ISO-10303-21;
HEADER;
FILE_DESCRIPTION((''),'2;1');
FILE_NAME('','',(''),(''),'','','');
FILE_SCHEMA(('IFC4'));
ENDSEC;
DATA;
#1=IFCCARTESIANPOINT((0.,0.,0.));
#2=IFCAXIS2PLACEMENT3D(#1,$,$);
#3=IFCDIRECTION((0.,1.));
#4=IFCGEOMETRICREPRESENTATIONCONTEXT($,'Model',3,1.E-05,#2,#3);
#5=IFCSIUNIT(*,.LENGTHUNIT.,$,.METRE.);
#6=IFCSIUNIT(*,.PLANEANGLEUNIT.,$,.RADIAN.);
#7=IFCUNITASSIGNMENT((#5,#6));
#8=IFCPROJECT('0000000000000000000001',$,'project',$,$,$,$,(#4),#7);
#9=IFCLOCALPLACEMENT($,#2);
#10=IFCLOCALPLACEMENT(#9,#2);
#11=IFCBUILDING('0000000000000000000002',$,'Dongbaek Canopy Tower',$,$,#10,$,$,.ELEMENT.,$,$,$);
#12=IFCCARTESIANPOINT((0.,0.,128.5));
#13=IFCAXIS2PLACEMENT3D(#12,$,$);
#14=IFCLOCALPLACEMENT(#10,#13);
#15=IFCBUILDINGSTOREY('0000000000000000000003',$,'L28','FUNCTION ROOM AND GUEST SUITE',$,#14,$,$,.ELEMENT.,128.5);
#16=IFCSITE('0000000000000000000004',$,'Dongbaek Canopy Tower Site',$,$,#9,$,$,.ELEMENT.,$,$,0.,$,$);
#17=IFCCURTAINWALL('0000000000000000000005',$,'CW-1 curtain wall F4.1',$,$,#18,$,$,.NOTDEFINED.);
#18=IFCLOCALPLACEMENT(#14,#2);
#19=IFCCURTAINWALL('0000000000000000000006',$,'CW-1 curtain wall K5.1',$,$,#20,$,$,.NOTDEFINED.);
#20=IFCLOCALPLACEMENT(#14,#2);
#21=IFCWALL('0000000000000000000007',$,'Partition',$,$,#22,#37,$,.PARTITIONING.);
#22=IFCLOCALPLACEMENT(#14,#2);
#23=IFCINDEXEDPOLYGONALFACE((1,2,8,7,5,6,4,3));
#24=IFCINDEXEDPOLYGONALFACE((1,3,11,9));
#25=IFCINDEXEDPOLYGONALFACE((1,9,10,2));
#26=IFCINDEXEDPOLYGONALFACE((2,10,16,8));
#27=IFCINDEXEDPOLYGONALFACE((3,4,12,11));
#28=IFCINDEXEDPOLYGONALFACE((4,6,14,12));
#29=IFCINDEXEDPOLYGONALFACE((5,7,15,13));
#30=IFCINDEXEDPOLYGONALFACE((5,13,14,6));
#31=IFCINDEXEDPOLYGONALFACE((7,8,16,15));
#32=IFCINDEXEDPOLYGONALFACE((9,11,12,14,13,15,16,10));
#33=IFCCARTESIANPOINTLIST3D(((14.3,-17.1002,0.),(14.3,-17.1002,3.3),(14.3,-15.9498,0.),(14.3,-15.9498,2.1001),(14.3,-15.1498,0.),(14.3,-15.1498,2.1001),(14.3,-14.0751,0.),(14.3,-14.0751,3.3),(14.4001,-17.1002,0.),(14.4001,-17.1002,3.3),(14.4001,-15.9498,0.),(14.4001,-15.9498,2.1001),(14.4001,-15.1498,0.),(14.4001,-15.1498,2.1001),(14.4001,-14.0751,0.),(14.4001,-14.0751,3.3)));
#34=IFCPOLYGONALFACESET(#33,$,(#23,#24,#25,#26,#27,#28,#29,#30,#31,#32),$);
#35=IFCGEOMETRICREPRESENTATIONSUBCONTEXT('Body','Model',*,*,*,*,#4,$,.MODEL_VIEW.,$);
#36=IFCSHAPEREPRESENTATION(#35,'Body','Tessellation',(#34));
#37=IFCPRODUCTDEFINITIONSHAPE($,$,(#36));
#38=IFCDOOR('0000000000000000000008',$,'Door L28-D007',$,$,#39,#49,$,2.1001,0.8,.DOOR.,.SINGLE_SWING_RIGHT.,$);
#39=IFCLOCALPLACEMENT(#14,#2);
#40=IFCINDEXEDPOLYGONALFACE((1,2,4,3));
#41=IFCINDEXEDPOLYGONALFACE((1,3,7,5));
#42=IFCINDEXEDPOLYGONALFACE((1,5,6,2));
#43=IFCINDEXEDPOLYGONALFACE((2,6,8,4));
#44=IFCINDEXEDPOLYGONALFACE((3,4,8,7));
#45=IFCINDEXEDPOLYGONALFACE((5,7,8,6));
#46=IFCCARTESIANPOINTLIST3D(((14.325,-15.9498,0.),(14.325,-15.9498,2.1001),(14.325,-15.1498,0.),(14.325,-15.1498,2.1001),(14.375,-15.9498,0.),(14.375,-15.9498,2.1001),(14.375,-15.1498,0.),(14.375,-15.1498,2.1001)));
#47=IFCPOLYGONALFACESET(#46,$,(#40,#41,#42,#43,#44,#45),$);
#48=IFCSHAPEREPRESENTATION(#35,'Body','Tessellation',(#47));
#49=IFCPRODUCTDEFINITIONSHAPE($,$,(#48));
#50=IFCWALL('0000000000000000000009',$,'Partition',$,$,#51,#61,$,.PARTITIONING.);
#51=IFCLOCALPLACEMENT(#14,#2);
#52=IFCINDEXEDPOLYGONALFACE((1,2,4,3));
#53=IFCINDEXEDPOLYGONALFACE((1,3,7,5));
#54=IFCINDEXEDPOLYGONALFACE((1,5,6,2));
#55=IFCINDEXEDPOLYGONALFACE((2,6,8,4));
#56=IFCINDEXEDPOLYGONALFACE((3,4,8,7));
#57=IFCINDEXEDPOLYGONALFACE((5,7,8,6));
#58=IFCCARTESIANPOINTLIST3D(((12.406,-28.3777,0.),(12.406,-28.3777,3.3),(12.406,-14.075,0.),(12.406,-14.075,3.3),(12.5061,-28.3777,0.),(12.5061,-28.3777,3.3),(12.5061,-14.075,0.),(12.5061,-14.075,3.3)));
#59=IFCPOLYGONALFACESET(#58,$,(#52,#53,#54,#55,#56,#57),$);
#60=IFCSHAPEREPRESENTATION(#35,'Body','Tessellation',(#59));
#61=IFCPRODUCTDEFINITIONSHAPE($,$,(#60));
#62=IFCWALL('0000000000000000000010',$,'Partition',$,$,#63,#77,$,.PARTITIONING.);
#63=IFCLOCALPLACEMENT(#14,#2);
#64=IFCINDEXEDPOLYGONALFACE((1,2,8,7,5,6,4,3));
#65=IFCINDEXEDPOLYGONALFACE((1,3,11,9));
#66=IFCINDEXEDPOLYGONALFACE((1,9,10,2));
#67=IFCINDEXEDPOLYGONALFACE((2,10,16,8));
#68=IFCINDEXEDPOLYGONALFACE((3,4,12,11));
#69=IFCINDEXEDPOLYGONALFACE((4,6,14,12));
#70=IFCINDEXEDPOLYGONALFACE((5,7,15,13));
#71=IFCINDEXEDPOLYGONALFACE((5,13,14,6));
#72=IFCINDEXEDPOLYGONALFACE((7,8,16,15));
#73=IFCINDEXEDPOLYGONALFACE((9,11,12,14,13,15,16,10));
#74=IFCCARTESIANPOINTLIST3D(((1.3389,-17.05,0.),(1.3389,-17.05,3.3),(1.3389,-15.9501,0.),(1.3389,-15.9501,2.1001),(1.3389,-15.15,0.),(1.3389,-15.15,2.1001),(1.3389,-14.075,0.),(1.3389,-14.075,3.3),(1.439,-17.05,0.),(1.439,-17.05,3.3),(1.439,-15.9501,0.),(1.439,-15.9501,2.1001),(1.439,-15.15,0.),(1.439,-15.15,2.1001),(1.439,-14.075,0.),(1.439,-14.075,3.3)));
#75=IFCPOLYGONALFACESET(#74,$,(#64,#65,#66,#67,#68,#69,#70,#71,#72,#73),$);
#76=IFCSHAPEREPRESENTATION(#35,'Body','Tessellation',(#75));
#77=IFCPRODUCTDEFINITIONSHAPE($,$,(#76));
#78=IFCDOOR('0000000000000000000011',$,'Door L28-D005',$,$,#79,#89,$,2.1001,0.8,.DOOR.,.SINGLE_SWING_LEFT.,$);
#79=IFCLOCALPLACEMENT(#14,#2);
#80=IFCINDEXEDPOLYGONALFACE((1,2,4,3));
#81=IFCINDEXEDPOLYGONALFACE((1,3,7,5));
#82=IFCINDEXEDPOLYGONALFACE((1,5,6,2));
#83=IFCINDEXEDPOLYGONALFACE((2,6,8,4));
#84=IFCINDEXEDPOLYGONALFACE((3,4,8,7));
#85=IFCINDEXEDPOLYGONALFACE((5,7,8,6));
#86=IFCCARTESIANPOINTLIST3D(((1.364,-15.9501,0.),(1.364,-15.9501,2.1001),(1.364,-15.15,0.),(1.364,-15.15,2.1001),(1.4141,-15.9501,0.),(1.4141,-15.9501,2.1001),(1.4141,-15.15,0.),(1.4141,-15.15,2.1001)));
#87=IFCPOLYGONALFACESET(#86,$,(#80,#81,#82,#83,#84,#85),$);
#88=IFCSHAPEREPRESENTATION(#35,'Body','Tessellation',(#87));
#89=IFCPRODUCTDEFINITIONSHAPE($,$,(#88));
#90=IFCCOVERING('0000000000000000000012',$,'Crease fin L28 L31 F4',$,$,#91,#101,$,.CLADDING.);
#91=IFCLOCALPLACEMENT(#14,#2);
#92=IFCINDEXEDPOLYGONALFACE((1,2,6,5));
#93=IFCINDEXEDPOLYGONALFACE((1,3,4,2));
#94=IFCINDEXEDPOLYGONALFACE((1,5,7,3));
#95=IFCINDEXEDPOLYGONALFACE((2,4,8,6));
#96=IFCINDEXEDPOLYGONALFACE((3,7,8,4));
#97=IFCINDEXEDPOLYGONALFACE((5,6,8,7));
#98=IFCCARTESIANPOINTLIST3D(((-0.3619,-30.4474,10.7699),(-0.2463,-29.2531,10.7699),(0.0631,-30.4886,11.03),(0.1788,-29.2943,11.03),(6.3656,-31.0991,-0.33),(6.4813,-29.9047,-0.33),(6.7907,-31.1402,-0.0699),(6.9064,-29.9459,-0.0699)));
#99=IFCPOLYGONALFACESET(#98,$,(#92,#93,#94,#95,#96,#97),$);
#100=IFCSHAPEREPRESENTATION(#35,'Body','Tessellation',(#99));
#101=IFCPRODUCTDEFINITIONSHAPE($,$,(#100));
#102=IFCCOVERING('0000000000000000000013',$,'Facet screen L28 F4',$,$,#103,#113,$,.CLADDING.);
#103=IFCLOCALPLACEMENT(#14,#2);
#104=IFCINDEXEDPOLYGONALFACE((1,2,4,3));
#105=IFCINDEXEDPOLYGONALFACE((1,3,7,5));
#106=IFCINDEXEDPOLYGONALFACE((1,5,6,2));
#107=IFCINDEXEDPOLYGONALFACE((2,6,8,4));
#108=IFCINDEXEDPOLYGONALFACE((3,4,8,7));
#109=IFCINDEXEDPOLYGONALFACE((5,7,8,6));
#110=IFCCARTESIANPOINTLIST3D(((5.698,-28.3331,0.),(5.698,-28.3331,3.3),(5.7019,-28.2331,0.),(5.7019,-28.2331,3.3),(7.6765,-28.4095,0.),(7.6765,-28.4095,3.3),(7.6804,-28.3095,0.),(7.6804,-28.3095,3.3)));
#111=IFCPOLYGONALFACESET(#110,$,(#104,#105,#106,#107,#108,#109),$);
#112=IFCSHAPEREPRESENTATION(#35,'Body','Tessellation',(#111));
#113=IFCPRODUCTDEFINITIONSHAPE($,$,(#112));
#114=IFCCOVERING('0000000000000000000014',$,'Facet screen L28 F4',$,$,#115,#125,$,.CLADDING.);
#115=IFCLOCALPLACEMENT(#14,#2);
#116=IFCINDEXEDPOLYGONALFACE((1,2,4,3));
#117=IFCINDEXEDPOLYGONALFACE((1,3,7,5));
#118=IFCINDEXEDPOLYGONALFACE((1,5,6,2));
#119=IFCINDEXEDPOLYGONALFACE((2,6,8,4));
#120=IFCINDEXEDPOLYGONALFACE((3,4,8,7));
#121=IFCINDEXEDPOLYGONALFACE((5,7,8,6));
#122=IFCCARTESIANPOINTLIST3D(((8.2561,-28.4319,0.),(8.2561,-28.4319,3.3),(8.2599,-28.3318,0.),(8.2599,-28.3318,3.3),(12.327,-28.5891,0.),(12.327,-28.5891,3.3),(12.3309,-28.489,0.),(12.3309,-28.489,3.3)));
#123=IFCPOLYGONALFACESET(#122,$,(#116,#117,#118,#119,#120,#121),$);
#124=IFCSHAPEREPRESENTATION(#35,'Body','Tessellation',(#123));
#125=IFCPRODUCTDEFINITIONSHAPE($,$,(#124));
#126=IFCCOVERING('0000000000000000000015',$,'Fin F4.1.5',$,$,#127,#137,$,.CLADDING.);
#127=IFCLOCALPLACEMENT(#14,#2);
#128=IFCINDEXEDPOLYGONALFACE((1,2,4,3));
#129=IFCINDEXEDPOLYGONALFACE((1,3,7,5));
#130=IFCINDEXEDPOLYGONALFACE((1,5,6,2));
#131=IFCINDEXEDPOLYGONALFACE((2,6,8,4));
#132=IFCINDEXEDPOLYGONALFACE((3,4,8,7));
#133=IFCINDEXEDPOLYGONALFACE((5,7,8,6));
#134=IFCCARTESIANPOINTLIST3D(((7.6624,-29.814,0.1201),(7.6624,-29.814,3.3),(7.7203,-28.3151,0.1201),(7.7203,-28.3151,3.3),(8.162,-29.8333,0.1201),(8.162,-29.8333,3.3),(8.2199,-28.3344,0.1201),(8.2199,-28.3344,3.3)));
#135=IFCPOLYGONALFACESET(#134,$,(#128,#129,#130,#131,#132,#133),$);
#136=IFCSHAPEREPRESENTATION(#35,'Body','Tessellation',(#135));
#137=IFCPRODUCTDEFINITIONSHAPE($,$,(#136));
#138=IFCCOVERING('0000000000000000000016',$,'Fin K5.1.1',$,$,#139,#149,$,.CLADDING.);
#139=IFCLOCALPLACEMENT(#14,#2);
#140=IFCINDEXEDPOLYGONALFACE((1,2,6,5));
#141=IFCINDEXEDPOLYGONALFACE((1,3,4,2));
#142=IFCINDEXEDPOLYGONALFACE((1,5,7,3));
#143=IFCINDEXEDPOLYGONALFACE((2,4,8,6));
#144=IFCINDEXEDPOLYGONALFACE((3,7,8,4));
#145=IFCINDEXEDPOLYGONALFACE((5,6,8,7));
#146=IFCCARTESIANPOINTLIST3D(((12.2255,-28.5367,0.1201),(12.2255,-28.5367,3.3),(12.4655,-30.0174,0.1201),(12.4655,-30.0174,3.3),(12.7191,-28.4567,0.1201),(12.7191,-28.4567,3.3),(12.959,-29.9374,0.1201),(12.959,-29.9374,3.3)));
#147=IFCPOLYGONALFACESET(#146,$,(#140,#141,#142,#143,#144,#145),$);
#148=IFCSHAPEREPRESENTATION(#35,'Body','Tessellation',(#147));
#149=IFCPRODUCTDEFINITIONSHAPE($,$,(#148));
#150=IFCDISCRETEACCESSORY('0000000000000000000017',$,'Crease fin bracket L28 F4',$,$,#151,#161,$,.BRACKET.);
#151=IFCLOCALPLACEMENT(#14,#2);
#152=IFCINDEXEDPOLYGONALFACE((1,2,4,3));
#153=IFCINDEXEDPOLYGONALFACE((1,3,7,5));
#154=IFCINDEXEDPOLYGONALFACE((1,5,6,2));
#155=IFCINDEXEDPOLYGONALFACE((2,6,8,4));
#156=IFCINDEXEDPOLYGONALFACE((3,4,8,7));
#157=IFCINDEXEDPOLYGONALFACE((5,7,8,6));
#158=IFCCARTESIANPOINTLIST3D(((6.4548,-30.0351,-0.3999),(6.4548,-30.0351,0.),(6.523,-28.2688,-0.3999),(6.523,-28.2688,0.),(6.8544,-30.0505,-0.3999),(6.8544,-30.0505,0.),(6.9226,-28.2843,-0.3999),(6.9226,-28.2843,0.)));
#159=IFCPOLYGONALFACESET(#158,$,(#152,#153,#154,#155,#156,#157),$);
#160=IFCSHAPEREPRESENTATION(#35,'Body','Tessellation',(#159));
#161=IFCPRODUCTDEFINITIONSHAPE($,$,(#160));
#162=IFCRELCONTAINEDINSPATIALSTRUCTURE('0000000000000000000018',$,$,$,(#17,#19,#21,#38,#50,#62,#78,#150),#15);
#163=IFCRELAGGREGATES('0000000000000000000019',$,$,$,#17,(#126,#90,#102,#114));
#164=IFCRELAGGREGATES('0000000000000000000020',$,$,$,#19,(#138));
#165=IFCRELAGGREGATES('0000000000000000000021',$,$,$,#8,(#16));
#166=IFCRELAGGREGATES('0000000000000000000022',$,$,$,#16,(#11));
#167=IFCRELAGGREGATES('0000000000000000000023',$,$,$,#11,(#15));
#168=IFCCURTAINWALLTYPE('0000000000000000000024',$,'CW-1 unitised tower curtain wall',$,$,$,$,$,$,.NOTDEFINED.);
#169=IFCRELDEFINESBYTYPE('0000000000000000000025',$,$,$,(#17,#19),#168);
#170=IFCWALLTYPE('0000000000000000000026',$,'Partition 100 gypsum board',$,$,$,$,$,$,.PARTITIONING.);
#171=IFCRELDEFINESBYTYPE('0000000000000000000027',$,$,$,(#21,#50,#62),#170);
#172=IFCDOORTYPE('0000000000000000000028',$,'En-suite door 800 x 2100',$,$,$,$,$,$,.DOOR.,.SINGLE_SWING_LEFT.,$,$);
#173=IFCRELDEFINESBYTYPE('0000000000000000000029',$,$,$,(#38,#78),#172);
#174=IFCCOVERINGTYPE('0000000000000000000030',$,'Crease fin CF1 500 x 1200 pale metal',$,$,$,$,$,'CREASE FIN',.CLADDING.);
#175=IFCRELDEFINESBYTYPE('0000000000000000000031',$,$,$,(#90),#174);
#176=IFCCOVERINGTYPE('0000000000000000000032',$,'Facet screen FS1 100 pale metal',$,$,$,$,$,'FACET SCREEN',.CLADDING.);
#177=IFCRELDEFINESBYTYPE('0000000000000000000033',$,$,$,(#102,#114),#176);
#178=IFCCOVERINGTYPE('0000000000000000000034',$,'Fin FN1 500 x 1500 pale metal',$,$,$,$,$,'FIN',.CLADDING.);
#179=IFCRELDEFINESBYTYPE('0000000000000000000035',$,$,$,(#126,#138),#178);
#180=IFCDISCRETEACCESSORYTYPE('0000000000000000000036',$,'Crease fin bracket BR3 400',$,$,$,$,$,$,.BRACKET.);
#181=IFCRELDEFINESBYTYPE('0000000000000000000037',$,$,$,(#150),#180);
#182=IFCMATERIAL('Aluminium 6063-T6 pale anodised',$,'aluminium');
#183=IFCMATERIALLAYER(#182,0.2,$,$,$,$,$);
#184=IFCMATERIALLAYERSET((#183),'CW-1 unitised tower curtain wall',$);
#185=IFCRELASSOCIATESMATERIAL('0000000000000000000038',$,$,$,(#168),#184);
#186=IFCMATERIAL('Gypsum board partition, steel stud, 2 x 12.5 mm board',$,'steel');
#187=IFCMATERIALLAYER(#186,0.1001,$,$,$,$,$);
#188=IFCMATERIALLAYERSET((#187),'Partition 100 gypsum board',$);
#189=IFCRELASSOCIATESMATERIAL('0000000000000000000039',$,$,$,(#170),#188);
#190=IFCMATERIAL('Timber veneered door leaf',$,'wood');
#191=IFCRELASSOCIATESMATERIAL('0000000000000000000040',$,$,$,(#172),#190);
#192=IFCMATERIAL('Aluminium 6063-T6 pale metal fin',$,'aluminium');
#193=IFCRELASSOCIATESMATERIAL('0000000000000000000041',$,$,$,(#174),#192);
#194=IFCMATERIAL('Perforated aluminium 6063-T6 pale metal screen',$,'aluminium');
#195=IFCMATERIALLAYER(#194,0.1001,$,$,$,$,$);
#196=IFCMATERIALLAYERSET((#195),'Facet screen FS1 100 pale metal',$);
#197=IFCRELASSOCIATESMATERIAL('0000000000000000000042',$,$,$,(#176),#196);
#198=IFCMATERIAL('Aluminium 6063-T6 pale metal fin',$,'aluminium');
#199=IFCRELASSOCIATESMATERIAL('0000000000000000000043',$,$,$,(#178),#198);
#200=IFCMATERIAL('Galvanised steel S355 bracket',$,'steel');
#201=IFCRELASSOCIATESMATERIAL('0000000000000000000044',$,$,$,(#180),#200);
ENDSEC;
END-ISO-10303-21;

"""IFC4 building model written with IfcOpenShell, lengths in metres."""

from ifc_helpers import new_model, si_unit, direction, frame, frame_2d, origin, origin_2d, place, context, subcontext, project, spatial, rectangle, extrude, material, layer, layer_set, material_profile, profile_set, type_object, element, fill, aggregate, save


model = new_model("IFC4")

# Units and contexts
model_context = context("Model", 3, precision=1e-05, world=origin(), true_north=direction((0.0, 1.0)))
body_context = subcontext(model_context, "Body", "Model", "MODEL_VIEW")
ifc_project = project(units=[si_unit("LENGTHUNIT", "METRE"), si_unit("PLANEANGLEUNIT", "RADIAN")], contexts=[model_context])

# Site, building, storey
site_placement = place(None, origin())
site = spatial("IfcSite", under=ifc_project, at=site_placement, Name="Dongbaek Canopy Tower Site", CompositionType="ELEMENT", RefElevation=0.0)
building_placement = place(site_placement, origin())
building = spatial("IfcBuilding", under=site, at=building_placement, Name="Dongbaek Canopy Tower", CompositionType="ELEMENT")
storey_placement = place(building_placement, frame((0.0, 0.0, 128.5)))
storey = spatial("IfcBuildingStorey", under=building, at=storey_placement, Name="L28", Description="FUNCTION ROOM AND GUEST SUITE", CompositionType="ELEMENT", Elevation=128.5)

# Curtain wall
ifc_material_1 = material(Name="Aluminium 6063-T6 pale anodised", Category="aluminium")
ifc_layer_1 = layer(ifc_material_1, 0.2)
ifc_layer_set_1 = layer_set([ifc_layer_1], Name="CW-1 unitised tower curtain wall")
curtain_wall_type = type_object("IfcCurtainWallType", Name="CW-1 unitised tower curtain wall", PredefinedType="NOTDEFINED", material=ifc_layer_set_1)
curtain_wall_1_placement = place(storey_placement, origin())
curtain_wall_1 = element("IfcCurtainWall", 1, at=curtain_wall_1_placement, inside=storey, type_object=curtain_wall_type, Name="CW-1 curtain wall F4.1", PredefinedType="NOTDEFINED")

# Curtain wall
curtain_wall_2_placement = place(storey_placement, origin())
curtain_wall_2 = element("IfcCurtainWall", 2, at=curtain_wall_2_placement, inside=storey, type_object=curtain_wall_type, Name="CW-1 curtain wall K5.1", PredefinedType="NOTDEFINED")

# Shared definitions
ifc_material_2 = material(Name="Gypsum board partition, steel stud, 2 x 12.5 mm board", Category="steel")
ifc_layer_2 = layer(ifc_material_2, 0.1001)
ifc_layer_set_2 = layer_set([ifc_layer_2], Name="Partition 100 gypsum board")
wall_type = type_object("IfcWallType", Name="Partition 100 gypsum board", PredefinedType="PARTITIONING", material=ifc_layer_set_2)

# Wall, opening, door
wall_1_placement = place(storey_placement, frame((14.3501, -14.075, 0.0), z_axis=(0.0, 0.0, 1.0), x_axis=(0.0, -1.0, 0.0)))
wall_1 = element("IfcWall", 3, at=wall_1_placement, inside=storey, type_object=wall_type, Name="Partition", PredefinedType="PARTITIONING", context=body_context, shape_type="SweptSolid", body=[
    extrude(rectangle(XDim=3.0251, YDim=0.1001, at=frame_2d((1.5127, 0.0))), origin(), (0.0, 0.0, 1.0), 3.3),
])
opening_1_placement = place(wall_1_placement, frame((1.075, 0.0, 0.0)))
opening_1 = element("IfcOpeningElement", 4, at=opening_1_placement, cuts=wall_1, PredefinedType="OPENING", context=body_context, shape_type="SweptSolid", body=[
    extrude(rectangle(XDim=0.8, YDim=2.1001, at=frame_2d((0.3999, 1.05))), frame((0.0, 0.0601, 0.0), z_axis=(0.0, -1.0, 0.0), x_axis=(1.0, 0.0, 0.0)), (0.0, 0.0, 1.0), 0.1201),
])
ifc_material_3 = material(Name="Timber veneered door leaf", Category="wood")
door_type = type_object("IfcDoorType", Name="En-suite door 800 x 2100", OperationType="SINGLE_SWING_LEFT", PredefinedType="DOOR", material=ifc_material_3)
door_1_placement = place(opening_1_placement, origin())
door_1 = element("IfcDoor", 5, at=door_1_placement, inside=storey, type_object=door_type, Name="Door L28-D007", OperationType="SINGLE_SWING_RIGHT", OverallHeight=2.1001, OverallWidth=0.8, PredefinedType="DOOR", context=body_context, shape_type="SweptSolid", body=[
    extrude(rectangle(XDim=0.8, YDim=2.1001, at=frame_2d((0.3999, 1.05))), frame((0.0, 0.0249, 0.0), z_axis=(0.0, -1.0, 0.0), x_axis=(1.0, 0.0, 0.0)), (0.0, 0.0, 1.0), 0.05),
])
fill(opening_1, door_1)

# Wall
wall_2_placement = place(storey_placement, frame((12.4561, -28.3777, 0.0), z_axis=(0.0, 0.0, 1.0), x_axis=(0.0, 1.0, 0.0)))
element("IfcWall", 6, at=wall_2_placement, inside=storey, type_object=wall_type, Name="Partition", PredefinedType="PARTITIONING", context=body_context, shape_type="SweptSolid", body=[
    extrude(rectangle(XDim=14.3027, YDim=0.1001, at=frame_2d((7.1514, 0.0))), origin(), (0.0, 0.0, 1.0), 3.3),
])

# Wall, opening, door
wall_3_placement = place(storey_placement, frame((1.3889, -17.05, 0.0), z_axis=(0.0, 0.0, 1.0), x_axis=(0.0, 1.0, 0.0)))
wall_3 = element("IfcWall", 7, at=wall_3_placement, inside=storey, type_object=wall_type, Name="Partition", PredefinedType="PARTITIONING", context=body_context, shape_type="SweptSolid", body=[
    extrude(rectangle(XDim=2.9751, YDim=0.1001, at=frame_2d((1.4875, 0.0))), origin(), (0.0, 0.0, 1.0), 3.3),
])
opening_2_placement = place(wall_3_placement, frame((1.1001, 0.0, 0.0)))
opening_2 = element("IfcOpeningElement", 8, at=opening_2_placement, cuts=wall_3, PredefinedType="OPENING", context=body_context, shape_type="SweptSolid", body=[
    extrude(rectangle(XDim=0.8, YDim=2.1001, at=frame_2d((0.3999, 1.05))), frame((0.0, 0.0601, 0.0), z_axis=(0.0, -1.0, 0.0), x_axis=(1.0, 0.0, 0.0)), (0.0, 0.0, 1.0), 0.1201),
])
door_2_placement = place(opening_2_placement, origin())
door_2 = element("IfcDoor", 9, at=door_2_placement, inside=storey, type_object=door_type, Name="Door L28-D005", OperationType="SINGLE_SWING_LEFT", OverallHeight=2.1001, OverallWidth=0.8, PredefinedType="DOOR", context=body_context, shape_type="SweptSolid", body=[
    extrude(rectangle(XDim=0.8, YDim=2.1001, at=frame_2d((0.3999, 1.05))), frame((0.0, 0.0249, 0.0), z_axis=(0.0, -1.0, 0.0), x_axis=(1.0, 0.0, 0.0)), (0.0, 0.0, 1.0), 0.05),
])
fill(opening_2, door_2)

# Coverings
ifc_material_4 = material(Name="Aluminium 6063-T6 pale metal fin", Category="aluminium")
ifc_material_profile_1 = material_profile(ifc_material_4, rectangle(XDim=1.2, YDim=0.5, at=origin_2d()), Name="Crease fin CF1 500 x 1200 pale metal")
ifc_profile_set_1 = profile_set([ifc_material_profile_1], Name="Aluminium 6063-T6 pale metal fin")
covering_type_1 = type_object("IfcCoveringType", Name="Crease fin CF1 500 x 1200 pale metal", ElementType="CREASE FIN", PredefinedType="CLADDING", material=ifc_profile_set_1)
covering_1_placement = place(storey_placement, frame((6.636, -30.5225, -0.2), z_axis=(-0.51767, 0.05014, 0.85411), x_axis=(-0.096406, -0.995342, 0.0)))
covering_1 = element("IfcCovering", 10, at=covering_1_placement, type_object=covering_type_1, Name="Crease fin L28 L31 F4", PredefinedType="CLADDING", context=body_context, shape_type="SweptSolid", body=[
    extrude(rectangle(XDim=1.2, YDim=0.5, at=origin_2d()), origin(), (0.0, 0.0, 1.0), 12.9958),
])
ifc_material_5 = material(Name="Perforated aluminium 6063-T6 pale metal screen", Category="aluminium")
ifc_layer_3 = layer(ifc_material_5, 0.1001)
ifc_layer_set_3 = layer_set([ifc_layer_3], Name="Facet screen FS1 100 pale metal")
covering_type_2 = type_object("IfcCoveringType", Name="Facet screen FS1 100 pale metal", ElementType="FACET SCREEN", PredefinedType="CLADDING", material=ifc_layer_set_3)
covering_2_placement = place(storey_placement, frame((6.6892, -28.3213, 0.0), z_axis=(0.0, 0.0, 1.0), x_axis=(0.999255, -0.038587, 0.0)))
covering_2 = element("IfcCovering", 11, at=covering_2_placement, type_object=covering_type_2, Name="Facet screen L28 F4", PredefinedType="CLADDING", context=body_context, shape_type="SweptSolid", body=[
    extrude(rectangle(XDim=1.98, YDim=0.1001, at=origin_2d()), origin(), (0.0, 0.0, 1.0), 3.3),
])
covering_3_placement = place(storey_placement, frame((10.2935, -28.4604, 0.0), z_axis=(0.0, 0.0, 1.0), x_axis=(0.999255, -0.038587, 0.0)))
covering_3 = element("IfcCovering", 12, at=covering_3_placement, type_object=covering_type_2, Name="Facet screen L28 F4", PredefinedType="CLADDING", context=body_context, shape_type="SweptSolid", body=[
    extrude(rectangle(XDim=4.074, YDim=0.1001, at=origin_2d()), origin(), (0.0, 0.0, 1.0), 3.3),
])
ifc_material_6 = material(Name="Aluminium 6063-T6 pale metal fin", Category="aluminium")
ifc_material_profile_2 = material_profile(ifc_material_6, rectangle(XDim=1.5, YDim=0.5, at=origin_2d()), Name="Fin FN1 500 x 1500 pale metal")
ifc_profile_set_2 = profile_set([ifc_material_profile_2], Name="Aluminium 6063-T6 pale metal fin")
covering_type_3 = type_object("IfcCoveringType", Name="Fin FN1 500 x 1500 pale metal", ElementType="FIN", PredefinedType="CLADDING", material=ifc_profile_set_2)
covering_4_placement = place(storey_placement, frame((7.9412, -29.0742, 0.1201), z_axis=(0.0, 0.0, 1.0), x_axis=(-0.038587, -0.999255, 0.0)))
covering_4 = element("IfcCovering", 13, at=covering_4_placement, type_object=covering_type_3, Name="Fin F4.1.5", PredefinedType="CLADDING", context=body_context, shape_type="SweptSolid", body=[
    extrude(rectangle(XDim=1.5, YDim=0.5, at=origin_2d()), origin(), (0.0, 0.0, 1.0), 3.1799),
])
aggregate(curtain_wall_1, [covering_4, covering_1, covering_2, covering_3])
covering_5_placement = place(storey_placement, frame((12.5923, -29.2371, 0.1201), z_axis=(0.0, 0.0, 1.0), x_axis=(0.159963, -0.987123, 0.0)))
covering_5 = element("IfcCovering", 14, at=covering_5_placement, type_object=covering_type_3, Name="Fin K5.1.1", PredefinedType="CLADDING", context=body_context, shape_type="SweptSolid", body=[
    extrude(rectangle(XDim=1.5, YDim=0.5, at=origin_2d()), origin(), (0.0, 0.0, 1.0), 3.1799),
])
aggregate(curtain_wall_2, [covering_5])

# Discrete accessory
ifc_material_7 = material(Name="Galvanised steel S355 bracket", Category="steel")
discrete_accessory_type = type_object("IfcDiscreteAccessoryType", Name="Crease fin bracket BR3 400", PredefinedType="BRACKET", material=ifc_material_7)
discrete_accessory_placement = place(storey_placement, frame((6.6887, -29.1597, -0.3999), z_axis=(0.0, 0.0, 1.0), x_axis=(-0.038587, -0.999255, 0.0)))
element("IfcDiscreteAccessory", 15, at=discrete_accessory_placement, inside=storey, type_object=discrete_accessory_type, Name="Crease fin bracket L28 F4", PredefinedType="BRACKET", context=body_context, shape_type="SweptSolid", body=[
    extrude(rectangle(XDim=1.7676, YDim=0.3999, at=origin_2d()), origin(), (0.0, 0.0, 1.0), 0.3999),
])

save(model, "model.ifc")
